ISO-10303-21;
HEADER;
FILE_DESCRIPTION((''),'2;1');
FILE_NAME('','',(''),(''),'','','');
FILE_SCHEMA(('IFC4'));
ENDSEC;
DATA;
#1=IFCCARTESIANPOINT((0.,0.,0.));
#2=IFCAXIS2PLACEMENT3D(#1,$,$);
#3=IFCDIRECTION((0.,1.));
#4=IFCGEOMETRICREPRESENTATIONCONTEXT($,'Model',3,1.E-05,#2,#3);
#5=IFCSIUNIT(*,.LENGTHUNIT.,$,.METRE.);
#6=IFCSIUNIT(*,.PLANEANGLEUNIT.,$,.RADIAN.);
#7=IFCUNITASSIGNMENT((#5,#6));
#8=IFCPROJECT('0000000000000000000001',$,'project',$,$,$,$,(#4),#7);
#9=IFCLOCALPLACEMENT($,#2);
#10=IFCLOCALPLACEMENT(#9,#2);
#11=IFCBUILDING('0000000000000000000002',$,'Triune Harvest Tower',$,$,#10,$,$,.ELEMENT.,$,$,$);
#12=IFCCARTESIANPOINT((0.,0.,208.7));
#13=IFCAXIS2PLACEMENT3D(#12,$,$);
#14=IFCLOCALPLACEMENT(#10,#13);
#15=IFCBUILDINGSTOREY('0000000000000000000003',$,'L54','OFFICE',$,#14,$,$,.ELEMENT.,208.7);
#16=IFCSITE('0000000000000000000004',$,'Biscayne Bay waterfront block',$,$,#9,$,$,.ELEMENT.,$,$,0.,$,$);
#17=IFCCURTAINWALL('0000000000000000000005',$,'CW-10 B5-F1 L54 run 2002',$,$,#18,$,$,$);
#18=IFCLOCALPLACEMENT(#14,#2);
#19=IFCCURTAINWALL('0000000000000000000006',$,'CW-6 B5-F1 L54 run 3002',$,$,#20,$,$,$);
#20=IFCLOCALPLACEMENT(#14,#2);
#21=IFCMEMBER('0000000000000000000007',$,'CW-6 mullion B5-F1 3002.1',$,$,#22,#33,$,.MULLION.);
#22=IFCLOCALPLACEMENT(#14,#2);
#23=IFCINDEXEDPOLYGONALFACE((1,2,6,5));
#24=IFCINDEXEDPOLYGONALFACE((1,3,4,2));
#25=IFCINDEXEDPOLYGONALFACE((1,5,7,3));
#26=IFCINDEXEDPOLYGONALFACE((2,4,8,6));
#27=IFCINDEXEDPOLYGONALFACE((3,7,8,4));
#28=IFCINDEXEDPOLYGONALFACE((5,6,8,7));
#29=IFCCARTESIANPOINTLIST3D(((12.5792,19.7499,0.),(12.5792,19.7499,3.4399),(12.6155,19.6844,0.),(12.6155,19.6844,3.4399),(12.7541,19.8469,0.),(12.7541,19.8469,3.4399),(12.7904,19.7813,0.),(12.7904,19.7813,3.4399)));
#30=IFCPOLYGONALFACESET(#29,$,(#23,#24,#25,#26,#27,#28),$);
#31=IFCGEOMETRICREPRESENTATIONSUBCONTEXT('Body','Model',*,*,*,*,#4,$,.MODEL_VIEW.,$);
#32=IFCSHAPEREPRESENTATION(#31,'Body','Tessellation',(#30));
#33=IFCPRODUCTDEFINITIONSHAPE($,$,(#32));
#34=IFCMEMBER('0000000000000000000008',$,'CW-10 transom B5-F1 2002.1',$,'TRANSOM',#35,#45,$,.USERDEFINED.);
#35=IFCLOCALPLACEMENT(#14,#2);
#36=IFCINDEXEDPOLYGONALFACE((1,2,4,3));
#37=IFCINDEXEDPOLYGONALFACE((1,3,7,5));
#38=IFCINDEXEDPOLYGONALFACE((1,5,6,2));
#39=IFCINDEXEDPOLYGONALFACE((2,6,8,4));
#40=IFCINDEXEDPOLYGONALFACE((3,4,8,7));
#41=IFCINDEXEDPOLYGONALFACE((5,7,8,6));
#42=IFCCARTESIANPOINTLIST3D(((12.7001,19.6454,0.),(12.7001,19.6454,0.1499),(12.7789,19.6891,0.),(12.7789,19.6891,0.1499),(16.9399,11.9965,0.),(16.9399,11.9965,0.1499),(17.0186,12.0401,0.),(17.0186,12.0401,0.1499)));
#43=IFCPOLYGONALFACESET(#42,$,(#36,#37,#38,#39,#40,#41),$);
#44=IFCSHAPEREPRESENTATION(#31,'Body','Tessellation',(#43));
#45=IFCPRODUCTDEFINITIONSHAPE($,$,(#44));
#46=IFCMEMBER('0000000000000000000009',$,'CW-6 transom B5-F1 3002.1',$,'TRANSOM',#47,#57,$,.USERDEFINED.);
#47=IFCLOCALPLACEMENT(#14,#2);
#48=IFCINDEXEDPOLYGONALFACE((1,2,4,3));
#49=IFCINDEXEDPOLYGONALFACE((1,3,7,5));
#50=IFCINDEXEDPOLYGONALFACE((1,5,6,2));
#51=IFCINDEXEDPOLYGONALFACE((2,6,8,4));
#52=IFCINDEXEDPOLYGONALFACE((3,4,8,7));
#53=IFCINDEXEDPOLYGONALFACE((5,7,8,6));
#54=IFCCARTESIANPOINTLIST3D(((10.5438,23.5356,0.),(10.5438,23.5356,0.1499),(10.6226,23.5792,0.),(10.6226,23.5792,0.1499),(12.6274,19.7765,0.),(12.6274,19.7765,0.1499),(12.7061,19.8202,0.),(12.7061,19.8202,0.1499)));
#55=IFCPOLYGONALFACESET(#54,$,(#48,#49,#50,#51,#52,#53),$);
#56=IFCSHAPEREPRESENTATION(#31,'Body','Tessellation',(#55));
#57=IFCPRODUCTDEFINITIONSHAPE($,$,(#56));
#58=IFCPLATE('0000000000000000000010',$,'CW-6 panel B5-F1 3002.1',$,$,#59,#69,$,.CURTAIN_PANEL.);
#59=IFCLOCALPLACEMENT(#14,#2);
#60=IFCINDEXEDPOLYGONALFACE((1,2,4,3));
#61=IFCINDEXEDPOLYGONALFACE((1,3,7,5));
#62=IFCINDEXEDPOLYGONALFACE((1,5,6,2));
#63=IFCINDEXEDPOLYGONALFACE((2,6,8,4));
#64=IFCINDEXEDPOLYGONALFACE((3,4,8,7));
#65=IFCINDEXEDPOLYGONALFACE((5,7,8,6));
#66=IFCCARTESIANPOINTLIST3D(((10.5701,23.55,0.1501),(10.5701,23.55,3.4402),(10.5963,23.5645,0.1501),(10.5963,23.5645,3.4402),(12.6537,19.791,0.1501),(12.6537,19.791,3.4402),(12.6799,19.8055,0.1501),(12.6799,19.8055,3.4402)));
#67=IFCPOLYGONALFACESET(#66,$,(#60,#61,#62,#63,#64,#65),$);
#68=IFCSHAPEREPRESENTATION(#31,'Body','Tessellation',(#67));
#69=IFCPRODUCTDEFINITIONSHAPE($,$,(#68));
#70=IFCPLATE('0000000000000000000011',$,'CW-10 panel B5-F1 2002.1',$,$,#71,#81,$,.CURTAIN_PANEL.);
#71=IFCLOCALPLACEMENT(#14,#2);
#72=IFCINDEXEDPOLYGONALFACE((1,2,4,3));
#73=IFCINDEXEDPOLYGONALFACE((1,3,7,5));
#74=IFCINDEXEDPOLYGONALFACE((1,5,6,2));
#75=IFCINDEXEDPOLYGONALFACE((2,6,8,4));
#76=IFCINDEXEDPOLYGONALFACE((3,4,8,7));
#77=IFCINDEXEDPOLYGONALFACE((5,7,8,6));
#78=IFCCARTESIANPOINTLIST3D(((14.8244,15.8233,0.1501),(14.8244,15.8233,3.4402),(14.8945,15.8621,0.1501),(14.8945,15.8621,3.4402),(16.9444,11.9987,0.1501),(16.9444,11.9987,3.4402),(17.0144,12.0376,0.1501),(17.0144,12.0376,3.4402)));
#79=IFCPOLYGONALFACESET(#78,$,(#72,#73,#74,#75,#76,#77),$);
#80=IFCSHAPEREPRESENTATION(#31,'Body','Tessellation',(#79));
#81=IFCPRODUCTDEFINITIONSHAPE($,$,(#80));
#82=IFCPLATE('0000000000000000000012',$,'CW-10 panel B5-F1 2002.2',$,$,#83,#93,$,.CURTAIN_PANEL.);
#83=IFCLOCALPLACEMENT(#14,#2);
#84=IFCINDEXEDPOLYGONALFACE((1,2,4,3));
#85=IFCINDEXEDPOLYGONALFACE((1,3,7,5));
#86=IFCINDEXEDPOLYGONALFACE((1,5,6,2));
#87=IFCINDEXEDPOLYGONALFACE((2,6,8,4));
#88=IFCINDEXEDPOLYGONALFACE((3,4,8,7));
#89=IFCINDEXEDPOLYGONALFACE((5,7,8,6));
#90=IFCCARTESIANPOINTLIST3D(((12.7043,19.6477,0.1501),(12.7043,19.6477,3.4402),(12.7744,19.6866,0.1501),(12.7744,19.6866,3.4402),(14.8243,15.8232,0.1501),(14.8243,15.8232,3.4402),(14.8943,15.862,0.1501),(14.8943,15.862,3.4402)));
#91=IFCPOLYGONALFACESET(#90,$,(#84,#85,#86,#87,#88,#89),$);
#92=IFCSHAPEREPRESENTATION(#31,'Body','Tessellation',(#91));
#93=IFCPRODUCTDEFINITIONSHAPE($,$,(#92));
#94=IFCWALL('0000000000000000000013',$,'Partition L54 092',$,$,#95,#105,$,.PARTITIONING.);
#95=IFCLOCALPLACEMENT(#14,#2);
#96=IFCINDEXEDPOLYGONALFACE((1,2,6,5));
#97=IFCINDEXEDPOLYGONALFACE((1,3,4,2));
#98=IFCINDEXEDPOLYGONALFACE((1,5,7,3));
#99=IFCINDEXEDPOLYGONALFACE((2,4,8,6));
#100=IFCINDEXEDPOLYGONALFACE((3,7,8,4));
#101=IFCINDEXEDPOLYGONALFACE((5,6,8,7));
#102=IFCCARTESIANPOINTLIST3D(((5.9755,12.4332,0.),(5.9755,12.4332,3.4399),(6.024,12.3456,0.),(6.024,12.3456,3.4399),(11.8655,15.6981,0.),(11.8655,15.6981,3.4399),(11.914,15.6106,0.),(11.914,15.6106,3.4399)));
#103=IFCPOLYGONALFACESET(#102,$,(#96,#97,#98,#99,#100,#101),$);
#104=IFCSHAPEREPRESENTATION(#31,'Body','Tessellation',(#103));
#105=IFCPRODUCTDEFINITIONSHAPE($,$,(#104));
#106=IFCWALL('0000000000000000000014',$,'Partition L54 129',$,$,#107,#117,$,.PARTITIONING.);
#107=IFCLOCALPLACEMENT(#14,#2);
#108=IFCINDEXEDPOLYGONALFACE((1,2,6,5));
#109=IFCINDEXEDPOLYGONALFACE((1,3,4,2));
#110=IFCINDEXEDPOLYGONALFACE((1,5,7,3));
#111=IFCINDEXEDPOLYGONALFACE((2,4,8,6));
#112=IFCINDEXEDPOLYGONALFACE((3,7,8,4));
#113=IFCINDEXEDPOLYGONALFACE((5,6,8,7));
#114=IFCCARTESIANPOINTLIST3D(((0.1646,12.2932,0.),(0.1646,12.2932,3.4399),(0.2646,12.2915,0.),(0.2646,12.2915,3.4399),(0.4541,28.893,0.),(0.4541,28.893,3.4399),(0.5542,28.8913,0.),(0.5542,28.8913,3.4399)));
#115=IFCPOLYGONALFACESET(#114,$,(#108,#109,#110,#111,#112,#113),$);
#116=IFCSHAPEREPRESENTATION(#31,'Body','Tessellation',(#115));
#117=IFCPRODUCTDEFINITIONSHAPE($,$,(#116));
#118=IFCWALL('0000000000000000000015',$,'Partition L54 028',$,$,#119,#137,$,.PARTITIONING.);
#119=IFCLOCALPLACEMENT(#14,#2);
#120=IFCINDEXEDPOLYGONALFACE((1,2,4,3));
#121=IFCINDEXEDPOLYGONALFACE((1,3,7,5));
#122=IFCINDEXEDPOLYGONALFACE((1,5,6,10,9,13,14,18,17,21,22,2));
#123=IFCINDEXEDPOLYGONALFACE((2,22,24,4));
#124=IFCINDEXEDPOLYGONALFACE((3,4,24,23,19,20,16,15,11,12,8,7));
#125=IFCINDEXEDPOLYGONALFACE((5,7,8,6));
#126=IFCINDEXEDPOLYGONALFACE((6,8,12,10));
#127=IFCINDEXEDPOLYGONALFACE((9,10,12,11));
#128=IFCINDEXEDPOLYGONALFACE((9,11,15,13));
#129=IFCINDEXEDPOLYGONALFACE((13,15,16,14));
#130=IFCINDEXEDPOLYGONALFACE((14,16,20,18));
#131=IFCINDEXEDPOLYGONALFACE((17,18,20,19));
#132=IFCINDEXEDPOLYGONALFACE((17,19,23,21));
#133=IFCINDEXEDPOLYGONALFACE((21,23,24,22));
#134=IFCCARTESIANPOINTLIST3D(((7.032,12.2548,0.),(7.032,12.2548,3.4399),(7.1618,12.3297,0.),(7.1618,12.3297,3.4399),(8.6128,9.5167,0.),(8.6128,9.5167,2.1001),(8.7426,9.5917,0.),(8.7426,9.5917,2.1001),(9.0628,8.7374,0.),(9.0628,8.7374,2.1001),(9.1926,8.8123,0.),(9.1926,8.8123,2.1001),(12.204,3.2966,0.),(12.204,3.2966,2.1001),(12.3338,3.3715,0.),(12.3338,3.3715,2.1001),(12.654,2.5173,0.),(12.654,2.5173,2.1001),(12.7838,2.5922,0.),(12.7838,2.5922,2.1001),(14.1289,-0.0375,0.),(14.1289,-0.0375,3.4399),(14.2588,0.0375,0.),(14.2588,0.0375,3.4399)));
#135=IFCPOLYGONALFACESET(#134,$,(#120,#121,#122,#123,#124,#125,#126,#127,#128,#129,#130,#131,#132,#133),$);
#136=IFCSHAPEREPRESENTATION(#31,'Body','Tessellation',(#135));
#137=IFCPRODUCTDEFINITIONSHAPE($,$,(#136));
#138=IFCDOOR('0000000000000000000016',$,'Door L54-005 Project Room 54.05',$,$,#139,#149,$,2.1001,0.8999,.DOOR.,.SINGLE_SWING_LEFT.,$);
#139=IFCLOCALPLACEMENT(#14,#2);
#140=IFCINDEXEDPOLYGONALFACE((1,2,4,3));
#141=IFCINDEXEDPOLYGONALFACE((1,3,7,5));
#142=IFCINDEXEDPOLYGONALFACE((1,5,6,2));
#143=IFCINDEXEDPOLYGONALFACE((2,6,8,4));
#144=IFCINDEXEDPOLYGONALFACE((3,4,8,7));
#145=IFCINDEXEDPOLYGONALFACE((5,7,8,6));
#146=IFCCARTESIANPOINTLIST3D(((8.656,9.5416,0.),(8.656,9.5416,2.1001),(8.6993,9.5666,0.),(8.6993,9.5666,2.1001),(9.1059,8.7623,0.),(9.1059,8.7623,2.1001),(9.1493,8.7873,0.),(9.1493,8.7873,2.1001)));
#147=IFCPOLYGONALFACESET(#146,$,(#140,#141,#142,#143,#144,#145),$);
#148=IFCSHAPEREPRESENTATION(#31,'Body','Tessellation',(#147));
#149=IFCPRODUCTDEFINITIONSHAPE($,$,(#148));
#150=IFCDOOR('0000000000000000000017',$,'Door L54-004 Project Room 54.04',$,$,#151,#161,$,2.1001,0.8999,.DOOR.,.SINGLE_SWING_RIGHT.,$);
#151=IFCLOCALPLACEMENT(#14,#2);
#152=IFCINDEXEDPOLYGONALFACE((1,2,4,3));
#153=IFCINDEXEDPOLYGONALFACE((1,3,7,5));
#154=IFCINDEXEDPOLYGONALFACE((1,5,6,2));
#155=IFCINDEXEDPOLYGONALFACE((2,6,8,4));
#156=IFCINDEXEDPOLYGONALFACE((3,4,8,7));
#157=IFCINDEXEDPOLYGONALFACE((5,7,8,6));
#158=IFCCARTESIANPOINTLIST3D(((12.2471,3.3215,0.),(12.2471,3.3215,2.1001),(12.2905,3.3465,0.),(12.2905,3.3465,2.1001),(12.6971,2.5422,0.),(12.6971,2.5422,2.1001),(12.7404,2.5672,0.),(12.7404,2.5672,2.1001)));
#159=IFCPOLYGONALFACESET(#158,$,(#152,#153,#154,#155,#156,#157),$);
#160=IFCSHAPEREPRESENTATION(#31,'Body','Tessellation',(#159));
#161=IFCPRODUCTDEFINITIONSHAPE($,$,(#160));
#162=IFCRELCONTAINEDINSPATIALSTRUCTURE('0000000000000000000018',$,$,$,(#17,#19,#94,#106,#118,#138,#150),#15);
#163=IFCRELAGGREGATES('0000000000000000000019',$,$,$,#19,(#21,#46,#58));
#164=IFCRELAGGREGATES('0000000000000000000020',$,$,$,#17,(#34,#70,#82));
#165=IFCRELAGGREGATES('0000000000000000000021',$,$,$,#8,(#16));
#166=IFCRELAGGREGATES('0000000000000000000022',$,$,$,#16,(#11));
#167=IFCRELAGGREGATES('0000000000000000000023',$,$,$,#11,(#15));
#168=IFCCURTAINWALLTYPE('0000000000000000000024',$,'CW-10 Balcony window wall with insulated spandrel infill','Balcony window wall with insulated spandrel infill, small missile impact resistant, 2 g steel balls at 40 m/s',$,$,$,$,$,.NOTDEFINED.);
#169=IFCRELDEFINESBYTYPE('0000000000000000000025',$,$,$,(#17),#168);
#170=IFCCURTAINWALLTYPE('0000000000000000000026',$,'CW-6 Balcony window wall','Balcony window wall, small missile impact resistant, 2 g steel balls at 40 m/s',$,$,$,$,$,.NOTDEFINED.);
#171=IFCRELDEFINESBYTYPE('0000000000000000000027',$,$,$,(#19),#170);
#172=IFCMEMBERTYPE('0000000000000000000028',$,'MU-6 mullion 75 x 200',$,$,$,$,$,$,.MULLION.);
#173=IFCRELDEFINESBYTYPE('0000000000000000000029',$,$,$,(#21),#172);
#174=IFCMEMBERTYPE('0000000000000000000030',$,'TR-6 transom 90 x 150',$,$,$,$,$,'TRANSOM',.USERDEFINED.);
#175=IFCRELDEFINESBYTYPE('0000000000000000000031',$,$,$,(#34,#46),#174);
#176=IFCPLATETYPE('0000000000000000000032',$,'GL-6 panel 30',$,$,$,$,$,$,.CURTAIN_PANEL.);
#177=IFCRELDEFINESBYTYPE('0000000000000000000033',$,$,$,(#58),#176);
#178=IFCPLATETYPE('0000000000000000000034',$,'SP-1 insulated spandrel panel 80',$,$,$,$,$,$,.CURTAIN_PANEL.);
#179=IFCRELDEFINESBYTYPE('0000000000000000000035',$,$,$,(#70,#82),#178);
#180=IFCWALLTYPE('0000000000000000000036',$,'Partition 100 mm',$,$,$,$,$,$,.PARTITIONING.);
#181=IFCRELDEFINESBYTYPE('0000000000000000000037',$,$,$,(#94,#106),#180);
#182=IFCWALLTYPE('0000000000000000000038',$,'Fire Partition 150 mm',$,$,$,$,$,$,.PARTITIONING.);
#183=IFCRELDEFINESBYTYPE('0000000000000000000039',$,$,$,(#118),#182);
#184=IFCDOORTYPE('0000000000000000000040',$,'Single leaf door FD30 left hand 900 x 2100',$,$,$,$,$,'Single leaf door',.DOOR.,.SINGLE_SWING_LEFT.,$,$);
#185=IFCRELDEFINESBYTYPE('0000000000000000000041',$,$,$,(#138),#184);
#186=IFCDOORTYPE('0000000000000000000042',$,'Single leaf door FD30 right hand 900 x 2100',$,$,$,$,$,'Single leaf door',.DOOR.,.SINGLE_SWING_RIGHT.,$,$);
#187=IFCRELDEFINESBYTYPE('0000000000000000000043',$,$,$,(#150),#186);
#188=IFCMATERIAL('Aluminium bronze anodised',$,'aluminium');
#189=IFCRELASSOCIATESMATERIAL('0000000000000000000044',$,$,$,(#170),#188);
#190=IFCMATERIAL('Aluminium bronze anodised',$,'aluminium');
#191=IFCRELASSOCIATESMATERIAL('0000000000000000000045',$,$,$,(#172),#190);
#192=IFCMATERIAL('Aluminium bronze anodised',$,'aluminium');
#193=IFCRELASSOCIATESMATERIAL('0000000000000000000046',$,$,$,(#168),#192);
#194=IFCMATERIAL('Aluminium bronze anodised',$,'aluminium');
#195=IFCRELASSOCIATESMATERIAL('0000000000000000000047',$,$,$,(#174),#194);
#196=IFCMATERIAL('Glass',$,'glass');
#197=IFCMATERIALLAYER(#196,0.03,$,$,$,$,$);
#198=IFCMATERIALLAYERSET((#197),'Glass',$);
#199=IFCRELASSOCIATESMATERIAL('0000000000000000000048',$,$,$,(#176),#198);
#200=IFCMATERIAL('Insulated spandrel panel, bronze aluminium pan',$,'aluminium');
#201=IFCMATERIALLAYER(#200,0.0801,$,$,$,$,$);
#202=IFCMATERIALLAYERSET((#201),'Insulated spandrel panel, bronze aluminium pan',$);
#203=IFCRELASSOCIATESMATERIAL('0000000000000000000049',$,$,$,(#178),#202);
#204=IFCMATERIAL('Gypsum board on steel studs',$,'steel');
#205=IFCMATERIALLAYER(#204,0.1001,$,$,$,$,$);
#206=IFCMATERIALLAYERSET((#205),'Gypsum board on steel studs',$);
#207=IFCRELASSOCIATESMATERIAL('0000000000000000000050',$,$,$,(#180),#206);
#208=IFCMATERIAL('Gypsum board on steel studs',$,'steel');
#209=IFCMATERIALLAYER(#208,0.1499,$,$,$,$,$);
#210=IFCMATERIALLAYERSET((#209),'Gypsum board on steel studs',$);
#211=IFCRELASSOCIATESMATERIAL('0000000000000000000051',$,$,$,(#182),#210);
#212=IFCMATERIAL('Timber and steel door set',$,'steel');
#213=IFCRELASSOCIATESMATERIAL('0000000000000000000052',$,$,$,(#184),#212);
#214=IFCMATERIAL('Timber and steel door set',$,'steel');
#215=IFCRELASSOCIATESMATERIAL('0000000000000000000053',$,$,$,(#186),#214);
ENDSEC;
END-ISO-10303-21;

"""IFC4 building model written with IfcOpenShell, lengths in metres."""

from ifc_helpers import new_model, si_unit, direction, frame, frame_2d, origin, origin_2d, place, context, subcontext, project, spatial, rectangle, extrude, source, transform, mapped, material, layer, layer_set, material_profile, profile_set, type_object, element, fill, aggregate, save


model = new_model("IFC4")

# Units and contexts
model_context = context("Model", 3, precision=1e-05, world=origin(), true_north=direction((0.0, 1.0)))
body_context = subcontext(model_context, "Body", "Model", "MODEL_VIEW")
ifc_project = project(units=[si_unit("LENGTHUNIT", "METRE"), si_unit("PLANEANGLEUNIT", "RADIAN")], contexts=[model_context])

# Site, building, storey
site_placement = place(None, origin())
site = spatial("IfcSite", under=ifc_project, at=site_placement, Name="Biscayne Bay waterfront block", CompositionType="ELEMENT", RefElevation=0.0)
building_placement = place(site_placement, origin())
building = spatial("IfcBuilding", under=site, at=building_placement, Name="Triune Harvest Tower", CompositionType="ELEMENT")
storey_placement = place(building_placement, frame((0.0, 0.0, 208.7)))
storey = spatial("IfcBuildingStorey", under=building, at=storey_placement, Name="L54", Description="OFFICE", CompositionType="ELEMENT", Elevation=208.7)

# Shared definitions
ifc_material_1 = material(Name="Aluminium bronze anodised", Category="aluminium")
curtain_wall_type_1 = type_object("IfcCurtainWallType", Name="CW-6 Balcony window wall", Description="Balcony window wall, small missile impact resistant, 2 g steel balls at 40 m/s", PredefinedType="NOTDEFINED", material=ifc_material_1)
ifc_material_2 = material(Name="Aluminium bronze anodised", Category="aluminium")
ifc_material_profile_1 = material_profile(ifc_material_2, rectangle(XDim=0.2, YDim=0.075, at=origin_2d()), Name="MU-6 mullion 75 x 200")
ifc_profile_set_1 = profile_set([ifc_material_profile_1], Name="Aluminium bronze anodised")
member_type_1 = type_object("IfcMemberType", Name="MU-6 mullion 75 x 200", PredefinedType="MULLION", material=ifc_profile_set_1)
shared_shape_1 = source(origin(), body_context, "Body", "SweptSolid", [
    extrude(rectangle(XDim=0.2, YDim=0.075, at=origin_2d()), origin(), (0.0, 0.0, 1.0), 3.4399),
])

# Curtain wall
ifc_material_3 = material(Name="Aluminium bronze anodised", Category="aluminium")
curtain_wall_type_2 = type_object("IfcCurtainWallType", Name="CW-10 Balcony window wall with insulated spandrel infill", Description="Balcony window wall with insulated spandrel infill, small missile impact resistant, 2 g steel balls at 40 m/s", PredefinedType="NOTDEFINED", material=ifc_material_3)
curtain_wall_1_placement = place(storey_placement, origin())
curtain_wall_1 = element("IfcCurtainWall", 1, at=curtain_wall_1_placement, inside=storey, type_object=curtain_wall_type_2, Name="CW-10 B5-F1 L54 run 2002")

# Curtain wall, member
curtain_wall_2_placement = place(storey_placement, origin())
curtain_wall_2 = element("IfcCurtainWall", 2, at=curtain_wall_2_placement, inside=storey, type_object=curtain_wall_type_1, Name="CW-6 B5-F1 L54 run 3002")
member_1_placement = place(storey_placement, frame((12.6848, 19.7656, 0.0), z_axis=(0.0, 0.0, 1.0), x_axis=(-0.874621, -0.484807, 0.0)))
member_1 = element("IfcMember", 3, at=member_1_placement, type_object=member_type_1, Name="CW-6 mullion B5-F1 3002.1", PredefinedType="MULLION", context=body_context, shape_type="MappedRepresentation", body=[
    mapped(shared_shape_1, transform((0.0, 0.0, 0.0), scale=1.0)),
])

# Members
ifc_material_4 = material(Name="Aluminium bronze anodised", Category="aluminium")
ifc_material_profile_2 = material_profile(ifc_material_4, rectangle(XDim=0.0901, YDim=0.1499, at=origin_2d()), Name="TR-6 transom 90 x 150")
ifc_profile_set_2 = profile_set([ifc_material_profile_2], Name="Aluminium bronze anodised")
member_type_2 = type_object("IfcMemberType", Name="TR-6 transom 90 x 150", ElementType="TRANSOM", PredefinedType="USERDEFINED", material=ifc_profile_set_2)
shared_shape_2 = source(origin(), body_context, "Body", "SweptSolid", [
    extrude(rectangle(XDim=0.0901, YDim=0.1499, at=origin_2d()), origin(), (0.0, 0.0, 1.0), 8.7454),
])
member_2_placement = place(storey_placement, frame((16.9792, 12.0183, 0.075), z_axis=(-0.484799, 0.874626, 0.0), x_axis=(-0.874626, -0.484799, 0.0)))
member_2 = element("IfcMember", 4, at=member_2_placement, type_object=member_type_2, Name="CW-10 transom B5-F1 2002.1", ObjectType="TRANSOM", PredefinedType="USERDEFINED", context=body_context, shape_type="MappedRepresentation", body=[
    mapped(shared_shape_2, transform((0.0, 0.0, 0.0), scale=1.0)),
])
shared_shape_3 = source(origin(), body_context, "Body", "SweptSolid", [
    extrude(rectangle(XDim=0.0901, YDim=0.1499, at=origin_2d()), origin(), (0.0, 0.0, 1.0), 4.2979),
])
member_3_placement = place(storey_placement, frame((12.6667, 19.7983, 0.075), z_axis=(-0.484779, 0.874636, 0.0), x_axis=(-0.874636, -0.484779, 0.0)))
member_3 = element("IfcMember", 5, at=member_3_placement, type_object=member_type_2, Name="CW-6 transom B5-F1 3002.1", ObjectType="TRANSOM", PredefinedType="USERDEFINED", context=body_context, shape_type="MappedRepresentation", body=[
    mapped(shared_shape_3, transform((0.0, 0.0, 0.0), scale=1.0)),
])

# Plates
ifc_material_5 = material(Name="Glass", Category="glass")
ifc_layer_1 = layer(ifc_material_5, 0.03)
ifc_layer_set_1 = layer_set([ifc_layer_1], Name="Glass")
plate_type_1 = type_object("IfcPlateType", Name="GL-6 panel 30", PredefinedType="CURTAIN_PANEL", material=ifc_layer_set_1)
shared_shape_4 = source(origin(), body_context, "Body", "SweptSolid", [
    extrude(rectangle(XDim=4.2979, YDim=0.03, at=origin_2d()), origin(), (0.0, 0.0, 1.0), 3.29),
])
plate_1_placement = place(storey_placement, frame((11.625, 21.6777, 0.1501), z_axis=(0.0, 0.0, 1.0), x_axis=(-0.484807, 0.874621, 0.0)))
plate_1 = element("IfcPlate", 6, at=plate_1_placement, type_object=plate_type_1, Name="CW-6 panel B5-F1 3002.1", PredefinedType="CURTAIN_PANEL", context=body_context, shape_type="MappedRepresentation", body=[
    mapped(shared_shape_4, transform((0.0, 0.0, 0.0), scale=1.0)),
])
aggregate(curtain_wall_2, [member_1, member_3, plate_1])
ifc_material_6 = material(Name="Insulated spandrel panel, bronze aluminium pan", Category="aluminium")
ifc_layer_2 = layer(ifc_material_6, 0.0801)
ifc_layer_set_2 = layer_set([ifc_layer_2], Name="Insulated spandrel panel, bronze aluminium pan")
plate_type_2 = type_object("IfcPlateType", Name="SP-1 insulated spandrel panel 80", PredefinedType="CURTAIN_PANEL", material=ifc_layer_set_2)
shared_shape_5 = source(origin(), body_context, "Body", "SweptSolid", [
    extrude(rectangle(XDim=4.3728, YDim=0.0801, at=origin_2d()), origin(), (0.0, 0.0, 1.0), 3.29),
])
plate_2_placement = place(storey_placement, frame((15.9194, 13.9304, 0.1501), z_axis=(0.0, 0.0, 1.0), x_axis=(-0.484807, 0.874621, 0.0)))
plate_2 = element("IfcPlate", 7, at=plate_2_placement, type_object=plate_type_2, Name="CW-10 panel B5-F1 2002.1", PredefinedType="CURTAIN_PANEL", context=body_context, shape_type="MappedRepresentation", body=[
    mapped(shared_shape_5, transform((0.0, 0.0, 0.0), scale=1.0)),
])
plate_3_placement = place(storey_placement, frame((13.7993, 17.7549, 0.1501), z_axis=(0.0, 0.0, 1.0), x_axis=(-0.484807, 0.874621, 0.0)))
plate_3 = element("IfcPlate", 8, at=plate_3_placement, type_object=plate_type_2, Name="CW-10 panel B5-F1 2002.2", PredefinedType="CURTAIN_PANEL", context=body_context, shape_type="MappedRepresentation", body=[
    mapped(shared_shape_5, transform((0.0, 0.0, 0.0), scale=1.0)),
])
aggregate(curtain_wall_1, [member_2, plate_2, plate_3])

# Walls
ifc_material_7 = material(Name="Gypsum board on steel studs", Category="steel")
ifc_layer_3 = layer(ifc_material_7, 0.1001)
ifc_layer_set_3 = layer_set([ifc_layer_3], Name="Gypsum board on steel studs")
wall_type_1 = type_object("IfcWallType", Name="Partition 100 mm", PredefinedType="PARTITIONING", material=ifc_layer_set_3)
wall_1_placement = place(storey_placement, frame((5.9998, 12.3894, 0.0), z_axis=(0.0, 0.0, 1.0), x_axis=(0.874615, 0.484818, 0.0)))
element("IfcWall", 9, at=wall_1_placement, inside=storey, type_object=wall_type_1, Name="Partition L54 092", PredefinedType="PARTITIONING", context=body_context, shape_type="SweptSolid", body=[
    extrude(rectangle(XDim=6.7344, YDim=0.1001, at=frame_2d((3.3672, 0.0))), origin(), (0.0, 0.0, 1.0), 3.4399),
])
wall_2_placement = place(storey_placement, frame((0.2146, 12.2922, 0.0), z_axis=(0.0, 0.0, 1.0), x_axis=(0.01744, 0.999848, 0.0)))
element("IfcWall", 10, at=wall_2_placement, inside=storey, type_object=wall_type_1, Name="Partition L54 129", PredefinedType="PARTITIONING", context=body_context, shape_type="SweptSolid", body=[
    extrude(rectangle(XDim=16.6023, YDim=0.1001, at=frame_2d((8.3013, 0.0))), origin(), (0.0, 0.0, 1.0), 3.4399),
])

# Wall, openings, doors
ifc_material_8 = material(Name="Gypsum board on steel studs", Category="steel")
ifc_layer_4 = layer(ifc_material_8, 0.1499)
ifc_layer_set_4 = layer_set([ifc_layer_4], Name="Gypsum board on steel studs")
wall_type_2 = type_object("IfcWallType", Name="Fire Partition 150 mm", PredefinedType="PARTITIONING", material=ifc_layer_set_4)
shared_shape_6 = source(origin(), body_context, "Body", "SweptSolid", [
    extrude(rectangle(XDim=14.1938, YDim=0.1499, at=frame_2d((7.0969, 0.0))), origin(), (0.0, 0.0, 1.0), 3.4399),
])
wall_3_placement = place(storey_placement, frame((7.0969, 12.2922, 0.0), z_axis=(0.0, 0.0, 1.0), x_axis=(0.5, -0.866025, 0.0)))
wall_3 = element("IfcWall", 11, at=wall_3_placement, inside=storey, type_object=wall_type_2, Name="Partition L54 028", PredefinedType="PARTITIONING", context=body_context, shape_type="MappedRepresentation", body=[
    mapped(shared_shape_6, transform((0.0, 0.0, 0.0), scale=1.0)),
])
opening_1_placement = place(wall_3_placement, frame((10.344, 0.0, 0.0)))
opening_1 = element("IfcOpeningElement", 12, at=opening_1_placement, cuts=wall_3, PredefinedType="OPENING", context=body_context, shape_type="SweptSolid", body=[
    extrude(rectangle(XDim=0.8999, YDim=2.1001, at=frame_2d((0.45, 1.05))), frame((0.0, 0.085, 0.0), z_axis=(0.0, -1.0, 0.0), x_axis=(1.0, 0.0, 0.0)), (0.0, 0.0, 1.0), 0.1699),
])
opening_2_placement = place(wall_3_placement, frame((3.1616, 0.0, 0.0)))
opening_2 = element("IfcOpeningElement", 13, at=opening_2_placement, cuts=wall_3, PredefinedType="OPENING", context=body_context, shape_type="SweptSolid", body=[
    extrude(rectangle(XDim=0.8999, YDim=2.1001, at=frame_2d((0.45, 1.05))), frame((0.0, 0.085, 0.0), z_axis=(0.0, -1.0, 0.0), x_axis=(1.0, 0.0, 0.0)), (0.0, 0.0, 1.0), 0.1699),
])
ifc_material_9 = material(Name="Timber and steel door set", Category="steel")
door_type_1 = type_object("IfcDoorType", Name="Single leaf door FD30 left hand 900 x 2100", ElementType="Single leaf door", OperationType="SINGLE_SWING_LEFT", PredefinedType="DOOR", material=ifc_material_9)
door_1_placement = place(opening_2_placement, origin())
door_1 = element("IfcDoor", 14, at=door_1_placement, inside=storey, type_object=door_type_1, Name="Door L54-005 Project Room 54.05", OperationType="SINGLE_SWING_LEFT", OverallHeight=2.1001, OverallWidth=0.8999, PredefinedType="DOOR", context=body_context, shape_type="SweptSolid", body=[
    extrude(rectangle(XDim=0.8999, YDim=2.1001, at=frame_2d((0.45, 1.05))), frame((0.0, 0.0249, 0.0), z_axis=(0.0, -1.0, 0.0), x_axis=(1.0, 0.0, 0.0)), (0.0, 0.0, 1.0), 0.05),
])
fill(opening_2, door_1)
ifc_material_10 = material(Name="Timber and steel door set", Category="steel")
door_type_2 = type_object("IfcDoorType", Name="Single leaf door FD30 right hand 900 x 2100", ElementType="Single leaf door", OperationType="SINGLE_SWING_RIGHT", PredefinedType="DOOR", material=ifc_material_10)
door_2_placement = place(opening_1_placement, origin())
door_2 = element("IfcDoor", 15, at=door_2_placement, inside=storey, type_object=door_type_2, Name="Door L54-004 Project Room 54.04", OperationType="SINGLE_SWING_RIGHT", OverallHeight=2.1001, OverallWidth=0.8999, PredefinedType="DOOR", context=body_context, shape_type="SweptSolid", body=[
    extrude(rectangle(XDim=0.8999, YDim=2.1001, at=frame_2d((0.45, 1.05))), frame((0.0, 0.0249, 0.0), z_axis=(0.0, -1.0, 0.0), x_axis=(1.0, 0.0, 0.0)), (0.0, 0.0, 1.0), 0.05),
])
fill(opening_1, door_2)

save(model, "model.ifc")
